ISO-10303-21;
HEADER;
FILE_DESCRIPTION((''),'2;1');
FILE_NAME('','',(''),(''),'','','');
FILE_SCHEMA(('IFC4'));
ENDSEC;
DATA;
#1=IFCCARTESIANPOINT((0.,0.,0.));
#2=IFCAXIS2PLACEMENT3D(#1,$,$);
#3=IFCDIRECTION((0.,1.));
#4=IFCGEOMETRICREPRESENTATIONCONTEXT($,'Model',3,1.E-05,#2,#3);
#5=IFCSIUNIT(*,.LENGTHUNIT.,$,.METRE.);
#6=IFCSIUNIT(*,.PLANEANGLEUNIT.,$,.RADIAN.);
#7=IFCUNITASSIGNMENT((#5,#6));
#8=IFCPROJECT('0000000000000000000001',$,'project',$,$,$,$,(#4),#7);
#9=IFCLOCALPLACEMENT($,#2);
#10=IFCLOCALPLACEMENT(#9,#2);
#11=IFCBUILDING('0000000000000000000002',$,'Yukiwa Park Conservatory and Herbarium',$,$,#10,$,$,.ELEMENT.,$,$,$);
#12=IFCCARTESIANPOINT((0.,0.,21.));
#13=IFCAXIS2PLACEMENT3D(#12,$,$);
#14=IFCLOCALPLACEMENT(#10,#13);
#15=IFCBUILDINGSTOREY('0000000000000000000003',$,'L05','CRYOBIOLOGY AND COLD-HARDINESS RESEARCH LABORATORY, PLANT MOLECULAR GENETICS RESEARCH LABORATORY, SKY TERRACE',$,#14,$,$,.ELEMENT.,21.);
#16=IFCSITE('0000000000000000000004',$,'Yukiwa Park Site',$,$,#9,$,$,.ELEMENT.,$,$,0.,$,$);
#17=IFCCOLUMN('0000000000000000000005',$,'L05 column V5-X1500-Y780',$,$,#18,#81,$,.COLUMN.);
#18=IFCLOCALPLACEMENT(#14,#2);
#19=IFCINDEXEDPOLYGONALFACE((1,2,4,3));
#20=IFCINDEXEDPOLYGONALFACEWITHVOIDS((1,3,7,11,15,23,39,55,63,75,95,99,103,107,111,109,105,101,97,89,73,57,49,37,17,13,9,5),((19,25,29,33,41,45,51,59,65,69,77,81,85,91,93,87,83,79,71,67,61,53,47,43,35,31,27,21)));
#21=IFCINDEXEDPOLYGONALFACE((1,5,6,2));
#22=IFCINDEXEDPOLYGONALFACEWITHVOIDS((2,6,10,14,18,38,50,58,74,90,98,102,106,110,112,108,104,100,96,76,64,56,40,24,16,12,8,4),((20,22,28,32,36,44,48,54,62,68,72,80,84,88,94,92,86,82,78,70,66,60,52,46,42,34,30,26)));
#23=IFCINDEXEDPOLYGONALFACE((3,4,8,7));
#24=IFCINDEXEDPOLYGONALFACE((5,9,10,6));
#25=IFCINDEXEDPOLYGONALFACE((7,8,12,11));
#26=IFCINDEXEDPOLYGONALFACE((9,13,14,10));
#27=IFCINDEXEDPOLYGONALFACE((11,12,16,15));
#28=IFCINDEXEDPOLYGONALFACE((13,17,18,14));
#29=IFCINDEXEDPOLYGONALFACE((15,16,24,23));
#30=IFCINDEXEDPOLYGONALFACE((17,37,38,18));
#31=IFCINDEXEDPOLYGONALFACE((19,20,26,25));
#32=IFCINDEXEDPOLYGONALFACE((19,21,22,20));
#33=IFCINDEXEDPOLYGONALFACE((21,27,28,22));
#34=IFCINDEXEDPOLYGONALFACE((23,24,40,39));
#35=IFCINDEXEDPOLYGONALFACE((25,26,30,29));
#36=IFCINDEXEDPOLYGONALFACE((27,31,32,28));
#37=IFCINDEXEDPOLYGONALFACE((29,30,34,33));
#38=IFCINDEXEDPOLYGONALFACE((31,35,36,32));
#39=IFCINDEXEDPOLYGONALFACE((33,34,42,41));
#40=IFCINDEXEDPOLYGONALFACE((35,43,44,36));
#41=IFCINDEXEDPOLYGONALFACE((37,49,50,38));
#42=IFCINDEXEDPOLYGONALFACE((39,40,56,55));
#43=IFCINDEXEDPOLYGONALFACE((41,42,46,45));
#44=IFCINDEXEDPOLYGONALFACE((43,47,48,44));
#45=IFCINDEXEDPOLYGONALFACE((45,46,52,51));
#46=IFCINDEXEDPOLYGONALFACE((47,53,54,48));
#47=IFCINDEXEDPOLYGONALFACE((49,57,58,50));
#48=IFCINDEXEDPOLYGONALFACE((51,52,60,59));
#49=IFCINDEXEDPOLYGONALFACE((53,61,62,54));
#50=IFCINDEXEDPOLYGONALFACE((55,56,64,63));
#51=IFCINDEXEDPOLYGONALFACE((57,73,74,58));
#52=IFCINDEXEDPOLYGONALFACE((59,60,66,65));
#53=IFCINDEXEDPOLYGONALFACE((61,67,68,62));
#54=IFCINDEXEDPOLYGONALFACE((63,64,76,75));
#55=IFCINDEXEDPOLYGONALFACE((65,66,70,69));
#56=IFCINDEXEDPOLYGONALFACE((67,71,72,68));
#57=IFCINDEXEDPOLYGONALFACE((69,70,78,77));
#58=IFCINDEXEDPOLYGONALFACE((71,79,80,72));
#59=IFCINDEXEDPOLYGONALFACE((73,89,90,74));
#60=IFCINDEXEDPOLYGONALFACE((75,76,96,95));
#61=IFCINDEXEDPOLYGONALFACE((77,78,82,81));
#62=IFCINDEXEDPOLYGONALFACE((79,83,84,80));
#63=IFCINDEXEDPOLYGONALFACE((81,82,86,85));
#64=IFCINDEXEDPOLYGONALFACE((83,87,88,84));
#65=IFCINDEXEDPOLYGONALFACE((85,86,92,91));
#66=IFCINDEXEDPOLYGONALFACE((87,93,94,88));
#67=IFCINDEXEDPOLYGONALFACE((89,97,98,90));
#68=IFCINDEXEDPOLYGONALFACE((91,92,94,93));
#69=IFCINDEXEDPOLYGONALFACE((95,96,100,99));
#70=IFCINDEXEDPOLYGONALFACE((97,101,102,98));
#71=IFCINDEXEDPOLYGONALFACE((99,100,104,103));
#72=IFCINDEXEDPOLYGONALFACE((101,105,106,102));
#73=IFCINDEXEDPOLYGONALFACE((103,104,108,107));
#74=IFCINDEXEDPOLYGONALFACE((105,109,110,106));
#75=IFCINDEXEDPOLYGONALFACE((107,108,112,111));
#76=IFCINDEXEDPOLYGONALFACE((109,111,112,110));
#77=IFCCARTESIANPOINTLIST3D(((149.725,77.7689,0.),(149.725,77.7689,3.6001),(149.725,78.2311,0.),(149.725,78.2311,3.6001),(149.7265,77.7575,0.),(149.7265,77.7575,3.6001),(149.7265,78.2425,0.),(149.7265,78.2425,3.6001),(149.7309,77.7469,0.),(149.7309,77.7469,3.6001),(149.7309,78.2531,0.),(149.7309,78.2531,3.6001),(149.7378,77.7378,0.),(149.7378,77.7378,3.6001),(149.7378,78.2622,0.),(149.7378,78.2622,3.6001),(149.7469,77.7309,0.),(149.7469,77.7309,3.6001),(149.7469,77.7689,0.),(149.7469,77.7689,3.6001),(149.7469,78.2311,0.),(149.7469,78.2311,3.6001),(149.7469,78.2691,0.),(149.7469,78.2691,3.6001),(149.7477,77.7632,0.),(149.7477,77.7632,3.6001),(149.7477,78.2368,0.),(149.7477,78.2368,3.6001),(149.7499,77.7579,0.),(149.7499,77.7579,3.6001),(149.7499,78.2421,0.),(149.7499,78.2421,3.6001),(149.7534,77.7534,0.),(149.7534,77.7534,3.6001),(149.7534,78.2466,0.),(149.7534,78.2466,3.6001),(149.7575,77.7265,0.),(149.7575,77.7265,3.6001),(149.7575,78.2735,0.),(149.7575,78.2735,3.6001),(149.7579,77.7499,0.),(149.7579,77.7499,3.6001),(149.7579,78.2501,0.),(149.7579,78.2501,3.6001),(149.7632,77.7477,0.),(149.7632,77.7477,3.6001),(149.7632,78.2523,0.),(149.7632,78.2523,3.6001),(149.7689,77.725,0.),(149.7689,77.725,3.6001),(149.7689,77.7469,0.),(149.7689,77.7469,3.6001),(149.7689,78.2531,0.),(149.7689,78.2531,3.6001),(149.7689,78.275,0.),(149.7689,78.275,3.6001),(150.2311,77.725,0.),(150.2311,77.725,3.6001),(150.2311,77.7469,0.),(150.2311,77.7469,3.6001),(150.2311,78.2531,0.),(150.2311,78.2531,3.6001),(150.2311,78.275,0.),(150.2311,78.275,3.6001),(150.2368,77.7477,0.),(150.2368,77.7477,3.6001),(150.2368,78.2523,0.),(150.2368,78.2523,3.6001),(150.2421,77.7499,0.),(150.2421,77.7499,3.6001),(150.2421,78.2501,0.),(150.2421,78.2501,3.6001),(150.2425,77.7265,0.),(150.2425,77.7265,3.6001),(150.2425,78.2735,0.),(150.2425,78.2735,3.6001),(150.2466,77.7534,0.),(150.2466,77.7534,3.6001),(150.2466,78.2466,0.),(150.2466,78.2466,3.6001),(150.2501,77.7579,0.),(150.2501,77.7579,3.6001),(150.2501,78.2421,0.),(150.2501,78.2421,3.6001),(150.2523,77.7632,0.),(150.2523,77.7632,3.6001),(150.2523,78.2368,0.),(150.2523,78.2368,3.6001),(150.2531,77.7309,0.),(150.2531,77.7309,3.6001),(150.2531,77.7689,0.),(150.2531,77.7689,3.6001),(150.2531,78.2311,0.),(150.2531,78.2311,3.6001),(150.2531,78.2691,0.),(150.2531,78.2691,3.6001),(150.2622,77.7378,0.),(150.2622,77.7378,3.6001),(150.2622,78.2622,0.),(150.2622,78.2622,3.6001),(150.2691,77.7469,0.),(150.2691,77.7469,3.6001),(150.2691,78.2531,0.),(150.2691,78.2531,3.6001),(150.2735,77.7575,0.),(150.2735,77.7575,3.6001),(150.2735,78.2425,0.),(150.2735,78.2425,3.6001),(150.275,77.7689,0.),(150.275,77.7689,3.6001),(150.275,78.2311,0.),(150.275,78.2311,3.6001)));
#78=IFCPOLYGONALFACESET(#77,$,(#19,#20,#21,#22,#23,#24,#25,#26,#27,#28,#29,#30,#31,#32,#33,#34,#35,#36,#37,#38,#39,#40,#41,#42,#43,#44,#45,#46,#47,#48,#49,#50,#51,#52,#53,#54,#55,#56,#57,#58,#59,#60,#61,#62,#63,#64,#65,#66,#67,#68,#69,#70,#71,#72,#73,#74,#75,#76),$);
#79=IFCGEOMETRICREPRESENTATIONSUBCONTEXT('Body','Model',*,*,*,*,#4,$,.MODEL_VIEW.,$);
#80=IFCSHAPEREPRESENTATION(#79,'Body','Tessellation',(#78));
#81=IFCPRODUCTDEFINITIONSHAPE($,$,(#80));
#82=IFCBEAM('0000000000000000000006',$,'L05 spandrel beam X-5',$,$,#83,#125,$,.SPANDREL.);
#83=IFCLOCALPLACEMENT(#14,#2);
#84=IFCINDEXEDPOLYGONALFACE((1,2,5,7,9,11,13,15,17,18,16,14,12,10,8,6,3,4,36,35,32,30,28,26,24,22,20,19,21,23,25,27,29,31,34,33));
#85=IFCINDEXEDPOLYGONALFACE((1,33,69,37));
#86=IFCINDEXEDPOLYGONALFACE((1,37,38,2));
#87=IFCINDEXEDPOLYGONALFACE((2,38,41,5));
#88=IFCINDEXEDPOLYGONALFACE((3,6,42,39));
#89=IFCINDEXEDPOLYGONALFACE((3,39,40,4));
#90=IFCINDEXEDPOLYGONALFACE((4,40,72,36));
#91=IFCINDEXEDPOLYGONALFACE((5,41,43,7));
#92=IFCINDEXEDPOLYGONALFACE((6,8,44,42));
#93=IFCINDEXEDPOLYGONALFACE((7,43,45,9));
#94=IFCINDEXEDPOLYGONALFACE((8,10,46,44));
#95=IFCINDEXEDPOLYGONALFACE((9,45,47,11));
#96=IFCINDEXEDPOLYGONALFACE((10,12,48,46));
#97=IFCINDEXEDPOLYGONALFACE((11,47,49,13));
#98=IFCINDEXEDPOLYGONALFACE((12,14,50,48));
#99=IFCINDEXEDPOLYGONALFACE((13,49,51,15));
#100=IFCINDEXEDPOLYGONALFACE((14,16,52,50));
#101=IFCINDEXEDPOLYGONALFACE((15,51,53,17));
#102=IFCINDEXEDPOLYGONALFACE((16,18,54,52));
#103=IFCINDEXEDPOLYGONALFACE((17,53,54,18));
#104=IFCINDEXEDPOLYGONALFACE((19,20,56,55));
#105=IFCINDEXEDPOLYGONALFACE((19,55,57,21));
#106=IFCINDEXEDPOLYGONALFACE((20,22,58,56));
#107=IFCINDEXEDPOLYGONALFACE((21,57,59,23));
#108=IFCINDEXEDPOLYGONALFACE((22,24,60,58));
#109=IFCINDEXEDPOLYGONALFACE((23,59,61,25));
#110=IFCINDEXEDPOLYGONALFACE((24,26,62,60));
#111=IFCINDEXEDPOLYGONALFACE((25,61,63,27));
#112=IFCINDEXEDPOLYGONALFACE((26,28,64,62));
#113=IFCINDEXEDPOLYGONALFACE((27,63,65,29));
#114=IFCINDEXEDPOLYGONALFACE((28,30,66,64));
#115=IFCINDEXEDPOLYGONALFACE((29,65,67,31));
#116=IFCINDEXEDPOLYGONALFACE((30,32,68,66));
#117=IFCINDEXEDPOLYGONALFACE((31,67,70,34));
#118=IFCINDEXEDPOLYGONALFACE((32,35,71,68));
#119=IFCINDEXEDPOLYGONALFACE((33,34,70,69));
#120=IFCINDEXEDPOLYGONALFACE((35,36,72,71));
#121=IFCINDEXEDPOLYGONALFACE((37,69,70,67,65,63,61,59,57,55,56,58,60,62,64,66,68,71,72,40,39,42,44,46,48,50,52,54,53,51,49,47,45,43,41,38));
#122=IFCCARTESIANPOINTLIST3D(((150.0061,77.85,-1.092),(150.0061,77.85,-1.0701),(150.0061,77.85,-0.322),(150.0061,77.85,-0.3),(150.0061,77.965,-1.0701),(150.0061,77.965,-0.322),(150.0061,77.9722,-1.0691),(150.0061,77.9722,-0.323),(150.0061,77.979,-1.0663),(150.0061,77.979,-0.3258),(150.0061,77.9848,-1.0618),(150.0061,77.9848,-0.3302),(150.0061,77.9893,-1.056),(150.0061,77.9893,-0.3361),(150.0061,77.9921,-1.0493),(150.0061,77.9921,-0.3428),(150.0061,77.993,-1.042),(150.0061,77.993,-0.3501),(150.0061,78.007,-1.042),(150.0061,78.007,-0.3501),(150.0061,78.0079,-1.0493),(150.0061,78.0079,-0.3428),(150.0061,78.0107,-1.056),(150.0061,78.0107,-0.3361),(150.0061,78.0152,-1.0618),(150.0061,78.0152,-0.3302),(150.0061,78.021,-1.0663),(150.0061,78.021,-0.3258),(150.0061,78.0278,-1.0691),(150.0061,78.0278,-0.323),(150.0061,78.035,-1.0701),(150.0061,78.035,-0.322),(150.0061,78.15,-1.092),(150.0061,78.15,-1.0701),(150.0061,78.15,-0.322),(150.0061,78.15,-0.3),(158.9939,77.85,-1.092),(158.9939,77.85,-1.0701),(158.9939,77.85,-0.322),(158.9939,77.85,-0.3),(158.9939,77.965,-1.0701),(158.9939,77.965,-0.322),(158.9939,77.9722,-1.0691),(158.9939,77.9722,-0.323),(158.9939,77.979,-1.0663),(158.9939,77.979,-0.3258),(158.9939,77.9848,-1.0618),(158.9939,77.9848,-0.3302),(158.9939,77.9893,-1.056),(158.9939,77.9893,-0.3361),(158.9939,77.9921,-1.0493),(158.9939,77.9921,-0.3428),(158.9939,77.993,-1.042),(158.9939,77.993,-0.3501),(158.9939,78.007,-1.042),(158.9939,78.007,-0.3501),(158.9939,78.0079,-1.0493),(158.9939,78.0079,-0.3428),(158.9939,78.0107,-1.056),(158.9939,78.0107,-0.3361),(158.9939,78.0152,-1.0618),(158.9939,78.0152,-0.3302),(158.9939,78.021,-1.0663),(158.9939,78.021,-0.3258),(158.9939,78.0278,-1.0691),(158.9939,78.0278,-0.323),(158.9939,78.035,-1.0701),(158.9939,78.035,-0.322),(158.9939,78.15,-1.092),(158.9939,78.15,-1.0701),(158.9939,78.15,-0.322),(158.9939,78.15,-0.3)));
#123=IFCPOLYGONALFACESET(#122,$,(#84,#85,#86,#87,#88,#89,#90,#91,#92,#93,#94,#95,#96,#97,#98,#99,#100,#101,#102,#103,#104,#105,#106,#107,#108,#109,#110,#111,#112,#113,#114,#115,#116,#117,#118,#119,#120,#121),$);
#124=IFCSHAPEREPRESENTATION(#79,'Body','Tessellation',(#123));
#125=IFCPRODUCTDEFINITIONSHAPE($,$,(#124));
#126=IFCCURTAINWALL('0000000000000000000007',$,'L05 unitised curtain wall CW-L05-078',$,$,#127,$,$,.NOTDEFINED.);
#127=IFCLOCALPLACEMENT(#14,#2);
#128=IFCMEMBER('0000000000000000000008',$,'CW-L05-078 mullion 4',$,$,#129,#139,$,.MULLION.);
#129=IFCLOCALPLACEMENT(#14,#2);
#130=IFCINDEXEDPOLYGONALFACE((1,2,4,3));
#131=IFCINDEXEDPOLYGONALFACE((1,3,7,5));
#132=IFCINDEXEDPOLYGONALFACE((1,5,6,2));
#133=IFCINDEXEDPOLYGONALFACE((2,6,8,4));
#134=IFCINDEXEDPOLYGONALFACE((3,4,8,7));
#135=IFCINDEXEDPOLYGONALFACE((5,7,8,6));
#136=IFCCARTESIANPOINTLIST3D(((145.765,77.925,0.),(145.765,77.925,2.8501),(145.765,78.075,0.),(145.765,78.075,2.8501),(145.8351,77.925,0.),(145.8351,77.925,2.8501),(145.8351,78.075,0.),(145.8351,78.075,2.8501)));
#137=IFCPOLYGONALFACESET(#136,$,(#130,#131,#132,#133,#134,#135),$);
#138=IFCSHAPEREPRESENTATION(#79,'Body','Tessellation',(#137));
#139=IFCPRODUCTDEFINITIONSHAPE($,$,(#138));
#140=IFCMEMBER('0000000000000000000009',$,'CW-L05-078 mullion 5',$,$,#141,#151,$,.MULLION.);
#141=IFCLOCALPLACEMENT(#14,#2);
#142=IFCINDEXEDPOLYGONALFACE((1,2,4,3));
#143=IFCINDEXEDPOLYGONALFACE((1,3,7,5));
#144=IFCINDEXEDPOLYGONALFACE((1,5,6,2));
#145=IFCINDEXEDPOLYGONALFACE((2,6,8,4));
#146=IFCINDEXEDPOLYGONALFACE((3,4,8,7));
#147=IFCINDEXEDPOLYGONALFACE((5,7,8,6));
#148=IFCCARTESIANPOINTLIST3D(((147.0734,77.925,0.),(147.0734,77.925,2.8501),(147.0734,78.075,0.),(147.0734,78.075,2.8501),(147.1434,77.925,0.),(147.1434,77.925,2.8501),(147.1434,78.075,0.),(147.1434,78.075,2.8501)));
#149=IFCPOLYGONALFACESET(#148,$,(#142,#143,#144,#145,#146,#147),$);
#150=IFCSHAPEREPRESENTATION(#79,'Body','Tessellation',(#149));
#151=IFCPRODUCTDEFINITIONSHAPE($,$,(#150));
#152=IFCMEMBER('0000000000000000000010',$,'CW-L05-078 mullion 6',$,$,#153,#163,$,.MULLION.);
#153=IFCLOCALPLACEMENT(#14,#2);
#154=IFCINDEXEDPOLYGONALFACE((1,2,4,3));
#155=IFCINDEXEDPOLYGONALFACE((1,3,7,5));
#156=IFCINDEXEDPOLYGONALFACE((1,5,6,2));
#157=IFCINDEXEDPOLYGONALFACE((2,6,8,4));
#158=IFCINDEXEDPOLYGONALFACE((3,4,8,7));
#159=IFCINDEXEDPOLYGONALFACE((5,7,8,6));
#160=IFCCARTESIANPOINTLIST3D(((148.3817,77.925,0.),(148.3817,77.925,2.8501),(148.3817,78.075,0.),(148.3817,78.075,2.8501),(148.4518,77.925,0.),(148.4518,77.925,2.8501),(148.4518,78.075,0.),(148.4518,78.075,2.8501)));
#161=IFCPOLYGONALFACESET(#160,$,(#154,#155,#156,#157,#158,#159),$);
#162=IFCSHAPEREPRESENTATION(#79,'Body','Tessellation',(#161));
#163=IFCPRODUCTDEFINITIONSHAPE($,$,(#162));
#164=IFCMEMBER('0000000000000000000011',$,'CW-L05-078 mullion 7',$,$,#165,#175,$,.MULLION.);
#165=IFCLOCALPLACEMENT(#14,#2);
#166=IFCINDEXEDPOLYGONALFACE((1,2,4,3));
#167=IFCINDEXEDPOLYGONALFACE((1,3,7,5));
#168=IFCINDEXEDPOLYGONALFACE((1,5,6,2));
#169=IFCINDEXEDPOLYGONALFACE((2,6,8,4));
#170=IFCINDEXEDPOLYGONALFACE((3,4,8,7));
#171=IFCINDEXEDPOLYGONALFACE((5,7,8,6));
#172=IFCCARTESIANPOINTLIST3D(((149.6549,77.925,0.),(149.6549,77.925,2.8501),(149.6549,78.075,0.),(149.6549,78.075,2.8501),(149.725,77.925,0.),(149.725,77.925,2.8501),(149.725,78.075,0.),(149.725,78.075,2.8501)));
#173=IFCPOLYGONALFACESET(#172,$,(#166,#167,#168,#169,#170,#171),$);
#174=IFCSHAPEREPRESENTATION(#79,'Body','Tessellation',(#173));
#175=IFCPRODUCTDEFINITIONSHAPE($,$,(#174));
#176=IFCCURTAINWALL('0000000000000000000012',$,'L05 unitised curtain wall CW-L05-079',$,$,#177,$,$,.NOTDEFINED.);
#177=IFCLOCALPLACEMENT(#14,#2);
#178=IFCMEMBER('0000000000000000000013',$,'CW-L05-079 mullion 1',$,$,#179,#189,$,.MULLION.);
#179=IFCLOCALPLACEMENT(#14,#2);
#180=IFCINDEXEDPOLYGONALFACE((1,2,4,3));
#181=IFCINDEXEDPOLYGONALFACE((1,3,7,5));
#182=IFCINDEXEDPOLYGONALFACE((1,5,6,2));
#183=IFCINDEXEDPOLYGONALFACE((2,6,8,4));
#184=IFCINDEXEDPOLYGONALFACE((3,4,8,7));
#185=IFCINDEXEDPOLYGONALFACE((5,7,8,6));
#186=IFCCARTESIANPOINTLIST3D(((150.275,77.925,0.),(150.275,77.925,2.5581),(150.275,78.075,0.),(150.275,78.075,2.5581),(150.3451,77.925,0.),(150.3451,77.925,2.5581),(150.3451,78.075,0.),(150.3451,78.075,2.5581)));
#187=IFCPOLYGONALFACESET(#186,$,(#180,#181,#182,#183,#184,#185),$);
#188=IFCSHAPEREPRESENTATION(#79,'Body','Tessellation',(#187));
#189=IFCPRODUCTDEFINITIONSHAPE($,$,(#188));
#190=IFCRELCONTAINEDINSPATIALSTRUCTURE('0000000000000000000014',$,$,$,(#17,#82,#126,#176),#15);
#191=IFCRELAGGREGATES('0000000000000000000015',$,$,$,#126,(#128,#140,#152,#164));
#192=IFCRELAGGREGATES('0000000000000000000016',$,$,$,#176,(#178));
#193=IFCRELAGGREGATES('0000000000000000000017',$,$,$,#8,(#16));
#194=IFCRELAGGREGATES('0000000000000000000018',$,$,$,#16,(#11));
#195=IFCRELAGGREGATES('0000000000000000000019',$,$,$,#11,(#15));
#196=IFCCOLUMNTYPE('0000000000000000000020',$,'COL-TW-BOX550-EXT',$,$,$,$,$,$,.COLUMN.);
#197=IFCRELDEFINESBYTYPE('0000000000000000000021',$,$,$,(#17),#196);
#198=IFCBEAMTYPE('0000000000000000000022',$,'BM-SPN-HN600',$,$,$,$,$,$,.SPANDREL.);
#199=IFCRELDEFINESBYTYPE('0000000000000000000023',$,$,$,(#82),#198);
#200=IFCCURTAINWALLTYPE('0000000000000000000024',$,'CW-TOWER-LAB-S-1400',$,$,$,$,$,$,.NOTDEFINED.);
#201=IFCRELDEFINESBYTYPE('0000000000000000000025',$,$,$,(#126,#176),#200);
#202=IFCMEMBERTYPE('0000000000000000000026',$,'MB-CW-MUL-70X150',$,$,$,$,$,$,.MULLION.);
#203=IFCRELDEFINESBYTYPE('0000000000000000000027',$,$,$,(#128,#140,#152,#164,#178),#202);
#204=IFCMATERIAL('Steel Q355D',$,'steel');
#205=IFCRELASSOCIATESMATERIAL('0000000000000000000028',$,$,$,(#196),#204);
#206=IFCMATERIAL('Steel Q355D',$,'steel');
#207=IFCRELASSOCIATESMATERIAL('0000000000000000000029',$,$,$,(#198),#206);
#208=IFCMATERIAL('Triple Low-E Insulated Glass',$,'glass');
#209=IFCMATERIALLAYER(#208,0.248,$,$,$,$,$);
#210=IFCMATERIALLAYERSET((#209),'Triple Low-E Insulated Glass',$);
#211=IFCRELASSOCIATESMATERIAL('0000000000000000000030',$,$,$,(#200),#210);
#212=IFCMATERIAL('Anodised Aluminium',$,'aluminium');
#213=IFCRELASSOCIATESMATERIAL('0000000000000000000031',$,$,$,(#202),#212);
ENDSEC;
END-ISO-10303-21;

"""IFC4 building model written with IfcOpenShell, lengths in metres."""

from ifc_helpers import new_model, si_unit, direction, frame, origin, origin_2d, place, context, subcontext, project, spatial, rectangle, hollow_rectangle, i_section, extrude, material, layer, layer_set, material_profile, profile_set, type_object, element, aggregate, save


model = new_model("IFC4")

# Units and contexts
model_context = context("Model", 3, precision=1e-05, world=origin(), true_north=direction((0.0, 1.0)))
body_context = subcontext(model_context, "Body", "Model", "MODEL_VIEW")
ifc_project = project(units=[si_unit("LENGTHUNIT", "METRE"), si_unit("PLANEANGLEUNIT", "RADIAN")], contexts=[model_context])

# Site, building, storey
site_placement = place(None, origin())
site = spatial("IfcSite", under=ifc_project, at=site_placement, Name="Yukiwa Park Site", CompositionType="ELEMENT", RefElevation=0.0)
building_placement = place(site_placement, origin())
building = spatial("IfcBuilding", under=site, at=building_placement, Name="Yukiwa Park Conservatory and Herbarium", CompositionType="ELEMENT")
storey_placement = place(building_placement, frame((0.0, 0.0, 21.0)))
storey = spatial("IfcBuildingStorey", under=building, at=storey_placement, Name="L05", Description="CRYOBIOLOGY AND COLD-HARDINESS RESEARCH LABORATORY, PLANT MOLECULAR GENETICS RESEARCH LABORATORY, SKY TERRACE", CompositionType="ELEMENT", Elevation=21.0)

# Column
ifc_material_1 = material(Name="Steel Q355D", Category="steel")
ifc_material_profile_1 = material_profile(ifc_material_1, hollow_rectangle(XDim=0.55, YDim=0.55, WallThickness=0.022, InnerFilletRadius=0.022, OuterFilletRadius=0.0439, at=origin_2d()), Name="BOX 550x550x22")
ifc_profile_set_1 = profile_set([ifc_material_profile_1], Name="Steel Q355D")
column_type = type_object("IfcColumnType", Name="COL-TW-BOX550-EXT", PredefinedType="COLUMN", material=ifc_profile_set_1)
column_placement = place(storey_placement, frame((150.0, 78.0, 0.0), z_axis=(0.0, 0.0, 1.0), x_axis=(1.0, 0.0, 0.0)))
element("IfcColumn", 1, at=column_placement, inside=storey, type_object=column_type, Name="L05 column V5-X1500-Y780", PredefinedType="COLUMN", context=body_context, shape_type="SweptSolid", body=[
    extrude(hollow_rectangle(XDim=0.55, YDim=0.55, WallThickness=0.022, InnerFilletRadius=0.022, OuterFilletRadius=0.0439, at=origin_2d()), origin(), (0.0, 0.0, 1.0), 3.6001),
])

# Beam
ifc_material_2 = material(Name="Steel Q355D", Category="steel")
ifc_material_profile_2 = material_profile(ifc_material_2, i_section(OverallWidth=0.3, OverallDepth=0.792, WebThickness=0.0139, FlangeThickness=0.022, FilletRadius=0.0281, at=origin_2d()), Name="HN 792x300x14x22")
ifc_profile_set_2 = profile_set([ifc_material_profile_2], Name="Steel Q355D")
beam_type = type_object("IfcBeamType", Name="BM-SPN-HN600", PredefinedType="SPANDREL", material=ifc_profile_set_2)
beam_placement = place(storey_placement, frame((150.0061, 78.0, -0.696), z_axis=(1.0, 0.0, 0.0), x_axis=(0.0, 1.0, 0.0)))
element("IfcBeam", 2, at=beam_placement, inside=storey, type_object=beam_type, Name="L05 spandrel beam X-5", PredefinedType="SPANDREL", context=body_context, shape_type="SweptSolid", body=[
    extrude(i_section(OverallWidth=0.3, OverallDepth=0.792, WebThickness=0.0139, FlangeThickness=0.022, FilletRadius=0.0281, at=origin_2d()), origin(), (0.0, 0.0, 1.0), 8.9878),
])

# Curtain wall, members
ifc_material_3 = material(Name="Triple Low-E Insulated Glass", Category="glass")
ifc_layer_1 = layer(ifc_material_3, 0.248)
ifc_layer_set_1 = layer_set([ifc_layer_1], Name="Triple Low-E Insulated Glass")
curtain_wall_type = type_object("IfcCurtainWallType", Name="CW-TOWER-LAB-S-1400", PredefinedType="NOTDEFINED", material=ifc_layer_set_1)
curtain_wall_1_placement = place(storey_placement, origin())
curtain_wall_1 = element("IfcCurtainWall", 3, at=curtain_wall_1_placement, inside=storey, type_object=curtain_wall_type, Name="L05 unitised curtain wall CW-L05-078", PredefinedType="NOTDEFINED")
ifc_material_4 = material(Name="Anodised Aluminium", Category="aluminium")
member_type_1 = type_object("IfcMemberType", Name="MB-CW-MUL-70X150", PredefinedType="MULLION", material=ifc_material_4)
member_1_placement = place(storey_placement, frame((145.8, 78.0, 0.0), z_axis=(0.0, 0.0, 1.0), x_axis=(1.0, 0.0, 0.0)))
member_1 = element("IfcMember", 4, at=member_1_placement, type_object=member_type_1, Name="CW-L05-078 mullion 4", PredefinedType="MULLION", context=body_context, shape_type="SweptSolid", body=[
    extrude(rectangle(XDim=0.0701, YDim=0.1499, at=origin_2d()), origin(), (0.0, 0.0, 1.0), 2.8501),
])
member_2_placement = place(storey_placement, frame((147.1084, 78.0, 0.0), z_axis=(0.0, 0.0, 1.0), x_axis=(1.0, 0.0, 0.0)))
member_2 = element("IfcMember", 5, at=member_2_placement, type_object=member_type_1, Name="CW-L05-078 mullion 5", PredefinedType="MULLION", context=body_context, shape_type="SweptSolid", body=[
    extrude(rectangle(XDim=0.0701, YDim=0.1499, at=origin_2d()), origin(), (0.0, 0.0, 1.0), 2.8501),
])
member_3_placement = place(storey_placement, frame((148.4167, 78.0, 0.0), z_axis=(0.0, 0.0, 1.0), x_axis=(1.0, 0.0, 0.0)))
member_3 = element("IfcMember", 6, at=member_3_placement, type_object=member_type_1, Name="CW-L05-078 mullion 6", PredefinedType="MULLION", context=body_context, shape_type="SweptSolid", body=[
    extrude(rectangle(XDim=0.0701, YDim=0.1499, at=origin_2d()), origin(), (0.0, 0.0, 1.0), 2.8501),
])
member_4_placement = place(storey_placement, frame((149.6899, 78.0, 0.0), z_axis=(0.0, 0.0, 1.0), x_axis=(1.0, 0.0, 0.0)))
member_4 = element("IfcMember", 7, at=member_4_placement, type_object=member_type_1, Name="CW-L05-078 mullion 7", PredefinedType="MULLION", context=body_context, shape_type="SweptSolid", body=[
    extrude(rectangle(XDim=0.0701, YDim=0.1499, at=origin_2d()), origin(), (0.0, 0.0, 1.0), 2.8501),
])

# Curtain wall, member
curtain_wall_2_placement = place(storey_placement, origin())
curtain_wall_2 = element("IfcCurtainWall", 8, at=curtain_wall_2_placement, inside=storey, type_object=curtain_wall_type, Name="L05 unitised curtain wall CW-L05-079", PredefinedType="NOTDEFINED")
member_5_placement = place(storey_placement, frame((150.3101, 78.0, 0.0), z_axis=(0.0, 0.0, 1.0), x_axis=(1.0, 0.0, 0.0)))
member_5 = element("IfcMember", 9, at=member_5_placement, type_object=member_type_1, Name="CW-L05-079 mullion 1", PredefinedType="MULLION", context=body_context, shape_type="SweptSolid", body=[
    extrude(rectangle(XDim=0.0701, YDim=0.1499, at=origin_2d()), origin(), (0.0, 0.0, 1.0), 2.5581),
])

aggregate(curtain_wall_1, [member_1, member_2, member_3, member_4])
aggregate(curtain_wall_2, [member_5])

save(model, "model.ifc")
